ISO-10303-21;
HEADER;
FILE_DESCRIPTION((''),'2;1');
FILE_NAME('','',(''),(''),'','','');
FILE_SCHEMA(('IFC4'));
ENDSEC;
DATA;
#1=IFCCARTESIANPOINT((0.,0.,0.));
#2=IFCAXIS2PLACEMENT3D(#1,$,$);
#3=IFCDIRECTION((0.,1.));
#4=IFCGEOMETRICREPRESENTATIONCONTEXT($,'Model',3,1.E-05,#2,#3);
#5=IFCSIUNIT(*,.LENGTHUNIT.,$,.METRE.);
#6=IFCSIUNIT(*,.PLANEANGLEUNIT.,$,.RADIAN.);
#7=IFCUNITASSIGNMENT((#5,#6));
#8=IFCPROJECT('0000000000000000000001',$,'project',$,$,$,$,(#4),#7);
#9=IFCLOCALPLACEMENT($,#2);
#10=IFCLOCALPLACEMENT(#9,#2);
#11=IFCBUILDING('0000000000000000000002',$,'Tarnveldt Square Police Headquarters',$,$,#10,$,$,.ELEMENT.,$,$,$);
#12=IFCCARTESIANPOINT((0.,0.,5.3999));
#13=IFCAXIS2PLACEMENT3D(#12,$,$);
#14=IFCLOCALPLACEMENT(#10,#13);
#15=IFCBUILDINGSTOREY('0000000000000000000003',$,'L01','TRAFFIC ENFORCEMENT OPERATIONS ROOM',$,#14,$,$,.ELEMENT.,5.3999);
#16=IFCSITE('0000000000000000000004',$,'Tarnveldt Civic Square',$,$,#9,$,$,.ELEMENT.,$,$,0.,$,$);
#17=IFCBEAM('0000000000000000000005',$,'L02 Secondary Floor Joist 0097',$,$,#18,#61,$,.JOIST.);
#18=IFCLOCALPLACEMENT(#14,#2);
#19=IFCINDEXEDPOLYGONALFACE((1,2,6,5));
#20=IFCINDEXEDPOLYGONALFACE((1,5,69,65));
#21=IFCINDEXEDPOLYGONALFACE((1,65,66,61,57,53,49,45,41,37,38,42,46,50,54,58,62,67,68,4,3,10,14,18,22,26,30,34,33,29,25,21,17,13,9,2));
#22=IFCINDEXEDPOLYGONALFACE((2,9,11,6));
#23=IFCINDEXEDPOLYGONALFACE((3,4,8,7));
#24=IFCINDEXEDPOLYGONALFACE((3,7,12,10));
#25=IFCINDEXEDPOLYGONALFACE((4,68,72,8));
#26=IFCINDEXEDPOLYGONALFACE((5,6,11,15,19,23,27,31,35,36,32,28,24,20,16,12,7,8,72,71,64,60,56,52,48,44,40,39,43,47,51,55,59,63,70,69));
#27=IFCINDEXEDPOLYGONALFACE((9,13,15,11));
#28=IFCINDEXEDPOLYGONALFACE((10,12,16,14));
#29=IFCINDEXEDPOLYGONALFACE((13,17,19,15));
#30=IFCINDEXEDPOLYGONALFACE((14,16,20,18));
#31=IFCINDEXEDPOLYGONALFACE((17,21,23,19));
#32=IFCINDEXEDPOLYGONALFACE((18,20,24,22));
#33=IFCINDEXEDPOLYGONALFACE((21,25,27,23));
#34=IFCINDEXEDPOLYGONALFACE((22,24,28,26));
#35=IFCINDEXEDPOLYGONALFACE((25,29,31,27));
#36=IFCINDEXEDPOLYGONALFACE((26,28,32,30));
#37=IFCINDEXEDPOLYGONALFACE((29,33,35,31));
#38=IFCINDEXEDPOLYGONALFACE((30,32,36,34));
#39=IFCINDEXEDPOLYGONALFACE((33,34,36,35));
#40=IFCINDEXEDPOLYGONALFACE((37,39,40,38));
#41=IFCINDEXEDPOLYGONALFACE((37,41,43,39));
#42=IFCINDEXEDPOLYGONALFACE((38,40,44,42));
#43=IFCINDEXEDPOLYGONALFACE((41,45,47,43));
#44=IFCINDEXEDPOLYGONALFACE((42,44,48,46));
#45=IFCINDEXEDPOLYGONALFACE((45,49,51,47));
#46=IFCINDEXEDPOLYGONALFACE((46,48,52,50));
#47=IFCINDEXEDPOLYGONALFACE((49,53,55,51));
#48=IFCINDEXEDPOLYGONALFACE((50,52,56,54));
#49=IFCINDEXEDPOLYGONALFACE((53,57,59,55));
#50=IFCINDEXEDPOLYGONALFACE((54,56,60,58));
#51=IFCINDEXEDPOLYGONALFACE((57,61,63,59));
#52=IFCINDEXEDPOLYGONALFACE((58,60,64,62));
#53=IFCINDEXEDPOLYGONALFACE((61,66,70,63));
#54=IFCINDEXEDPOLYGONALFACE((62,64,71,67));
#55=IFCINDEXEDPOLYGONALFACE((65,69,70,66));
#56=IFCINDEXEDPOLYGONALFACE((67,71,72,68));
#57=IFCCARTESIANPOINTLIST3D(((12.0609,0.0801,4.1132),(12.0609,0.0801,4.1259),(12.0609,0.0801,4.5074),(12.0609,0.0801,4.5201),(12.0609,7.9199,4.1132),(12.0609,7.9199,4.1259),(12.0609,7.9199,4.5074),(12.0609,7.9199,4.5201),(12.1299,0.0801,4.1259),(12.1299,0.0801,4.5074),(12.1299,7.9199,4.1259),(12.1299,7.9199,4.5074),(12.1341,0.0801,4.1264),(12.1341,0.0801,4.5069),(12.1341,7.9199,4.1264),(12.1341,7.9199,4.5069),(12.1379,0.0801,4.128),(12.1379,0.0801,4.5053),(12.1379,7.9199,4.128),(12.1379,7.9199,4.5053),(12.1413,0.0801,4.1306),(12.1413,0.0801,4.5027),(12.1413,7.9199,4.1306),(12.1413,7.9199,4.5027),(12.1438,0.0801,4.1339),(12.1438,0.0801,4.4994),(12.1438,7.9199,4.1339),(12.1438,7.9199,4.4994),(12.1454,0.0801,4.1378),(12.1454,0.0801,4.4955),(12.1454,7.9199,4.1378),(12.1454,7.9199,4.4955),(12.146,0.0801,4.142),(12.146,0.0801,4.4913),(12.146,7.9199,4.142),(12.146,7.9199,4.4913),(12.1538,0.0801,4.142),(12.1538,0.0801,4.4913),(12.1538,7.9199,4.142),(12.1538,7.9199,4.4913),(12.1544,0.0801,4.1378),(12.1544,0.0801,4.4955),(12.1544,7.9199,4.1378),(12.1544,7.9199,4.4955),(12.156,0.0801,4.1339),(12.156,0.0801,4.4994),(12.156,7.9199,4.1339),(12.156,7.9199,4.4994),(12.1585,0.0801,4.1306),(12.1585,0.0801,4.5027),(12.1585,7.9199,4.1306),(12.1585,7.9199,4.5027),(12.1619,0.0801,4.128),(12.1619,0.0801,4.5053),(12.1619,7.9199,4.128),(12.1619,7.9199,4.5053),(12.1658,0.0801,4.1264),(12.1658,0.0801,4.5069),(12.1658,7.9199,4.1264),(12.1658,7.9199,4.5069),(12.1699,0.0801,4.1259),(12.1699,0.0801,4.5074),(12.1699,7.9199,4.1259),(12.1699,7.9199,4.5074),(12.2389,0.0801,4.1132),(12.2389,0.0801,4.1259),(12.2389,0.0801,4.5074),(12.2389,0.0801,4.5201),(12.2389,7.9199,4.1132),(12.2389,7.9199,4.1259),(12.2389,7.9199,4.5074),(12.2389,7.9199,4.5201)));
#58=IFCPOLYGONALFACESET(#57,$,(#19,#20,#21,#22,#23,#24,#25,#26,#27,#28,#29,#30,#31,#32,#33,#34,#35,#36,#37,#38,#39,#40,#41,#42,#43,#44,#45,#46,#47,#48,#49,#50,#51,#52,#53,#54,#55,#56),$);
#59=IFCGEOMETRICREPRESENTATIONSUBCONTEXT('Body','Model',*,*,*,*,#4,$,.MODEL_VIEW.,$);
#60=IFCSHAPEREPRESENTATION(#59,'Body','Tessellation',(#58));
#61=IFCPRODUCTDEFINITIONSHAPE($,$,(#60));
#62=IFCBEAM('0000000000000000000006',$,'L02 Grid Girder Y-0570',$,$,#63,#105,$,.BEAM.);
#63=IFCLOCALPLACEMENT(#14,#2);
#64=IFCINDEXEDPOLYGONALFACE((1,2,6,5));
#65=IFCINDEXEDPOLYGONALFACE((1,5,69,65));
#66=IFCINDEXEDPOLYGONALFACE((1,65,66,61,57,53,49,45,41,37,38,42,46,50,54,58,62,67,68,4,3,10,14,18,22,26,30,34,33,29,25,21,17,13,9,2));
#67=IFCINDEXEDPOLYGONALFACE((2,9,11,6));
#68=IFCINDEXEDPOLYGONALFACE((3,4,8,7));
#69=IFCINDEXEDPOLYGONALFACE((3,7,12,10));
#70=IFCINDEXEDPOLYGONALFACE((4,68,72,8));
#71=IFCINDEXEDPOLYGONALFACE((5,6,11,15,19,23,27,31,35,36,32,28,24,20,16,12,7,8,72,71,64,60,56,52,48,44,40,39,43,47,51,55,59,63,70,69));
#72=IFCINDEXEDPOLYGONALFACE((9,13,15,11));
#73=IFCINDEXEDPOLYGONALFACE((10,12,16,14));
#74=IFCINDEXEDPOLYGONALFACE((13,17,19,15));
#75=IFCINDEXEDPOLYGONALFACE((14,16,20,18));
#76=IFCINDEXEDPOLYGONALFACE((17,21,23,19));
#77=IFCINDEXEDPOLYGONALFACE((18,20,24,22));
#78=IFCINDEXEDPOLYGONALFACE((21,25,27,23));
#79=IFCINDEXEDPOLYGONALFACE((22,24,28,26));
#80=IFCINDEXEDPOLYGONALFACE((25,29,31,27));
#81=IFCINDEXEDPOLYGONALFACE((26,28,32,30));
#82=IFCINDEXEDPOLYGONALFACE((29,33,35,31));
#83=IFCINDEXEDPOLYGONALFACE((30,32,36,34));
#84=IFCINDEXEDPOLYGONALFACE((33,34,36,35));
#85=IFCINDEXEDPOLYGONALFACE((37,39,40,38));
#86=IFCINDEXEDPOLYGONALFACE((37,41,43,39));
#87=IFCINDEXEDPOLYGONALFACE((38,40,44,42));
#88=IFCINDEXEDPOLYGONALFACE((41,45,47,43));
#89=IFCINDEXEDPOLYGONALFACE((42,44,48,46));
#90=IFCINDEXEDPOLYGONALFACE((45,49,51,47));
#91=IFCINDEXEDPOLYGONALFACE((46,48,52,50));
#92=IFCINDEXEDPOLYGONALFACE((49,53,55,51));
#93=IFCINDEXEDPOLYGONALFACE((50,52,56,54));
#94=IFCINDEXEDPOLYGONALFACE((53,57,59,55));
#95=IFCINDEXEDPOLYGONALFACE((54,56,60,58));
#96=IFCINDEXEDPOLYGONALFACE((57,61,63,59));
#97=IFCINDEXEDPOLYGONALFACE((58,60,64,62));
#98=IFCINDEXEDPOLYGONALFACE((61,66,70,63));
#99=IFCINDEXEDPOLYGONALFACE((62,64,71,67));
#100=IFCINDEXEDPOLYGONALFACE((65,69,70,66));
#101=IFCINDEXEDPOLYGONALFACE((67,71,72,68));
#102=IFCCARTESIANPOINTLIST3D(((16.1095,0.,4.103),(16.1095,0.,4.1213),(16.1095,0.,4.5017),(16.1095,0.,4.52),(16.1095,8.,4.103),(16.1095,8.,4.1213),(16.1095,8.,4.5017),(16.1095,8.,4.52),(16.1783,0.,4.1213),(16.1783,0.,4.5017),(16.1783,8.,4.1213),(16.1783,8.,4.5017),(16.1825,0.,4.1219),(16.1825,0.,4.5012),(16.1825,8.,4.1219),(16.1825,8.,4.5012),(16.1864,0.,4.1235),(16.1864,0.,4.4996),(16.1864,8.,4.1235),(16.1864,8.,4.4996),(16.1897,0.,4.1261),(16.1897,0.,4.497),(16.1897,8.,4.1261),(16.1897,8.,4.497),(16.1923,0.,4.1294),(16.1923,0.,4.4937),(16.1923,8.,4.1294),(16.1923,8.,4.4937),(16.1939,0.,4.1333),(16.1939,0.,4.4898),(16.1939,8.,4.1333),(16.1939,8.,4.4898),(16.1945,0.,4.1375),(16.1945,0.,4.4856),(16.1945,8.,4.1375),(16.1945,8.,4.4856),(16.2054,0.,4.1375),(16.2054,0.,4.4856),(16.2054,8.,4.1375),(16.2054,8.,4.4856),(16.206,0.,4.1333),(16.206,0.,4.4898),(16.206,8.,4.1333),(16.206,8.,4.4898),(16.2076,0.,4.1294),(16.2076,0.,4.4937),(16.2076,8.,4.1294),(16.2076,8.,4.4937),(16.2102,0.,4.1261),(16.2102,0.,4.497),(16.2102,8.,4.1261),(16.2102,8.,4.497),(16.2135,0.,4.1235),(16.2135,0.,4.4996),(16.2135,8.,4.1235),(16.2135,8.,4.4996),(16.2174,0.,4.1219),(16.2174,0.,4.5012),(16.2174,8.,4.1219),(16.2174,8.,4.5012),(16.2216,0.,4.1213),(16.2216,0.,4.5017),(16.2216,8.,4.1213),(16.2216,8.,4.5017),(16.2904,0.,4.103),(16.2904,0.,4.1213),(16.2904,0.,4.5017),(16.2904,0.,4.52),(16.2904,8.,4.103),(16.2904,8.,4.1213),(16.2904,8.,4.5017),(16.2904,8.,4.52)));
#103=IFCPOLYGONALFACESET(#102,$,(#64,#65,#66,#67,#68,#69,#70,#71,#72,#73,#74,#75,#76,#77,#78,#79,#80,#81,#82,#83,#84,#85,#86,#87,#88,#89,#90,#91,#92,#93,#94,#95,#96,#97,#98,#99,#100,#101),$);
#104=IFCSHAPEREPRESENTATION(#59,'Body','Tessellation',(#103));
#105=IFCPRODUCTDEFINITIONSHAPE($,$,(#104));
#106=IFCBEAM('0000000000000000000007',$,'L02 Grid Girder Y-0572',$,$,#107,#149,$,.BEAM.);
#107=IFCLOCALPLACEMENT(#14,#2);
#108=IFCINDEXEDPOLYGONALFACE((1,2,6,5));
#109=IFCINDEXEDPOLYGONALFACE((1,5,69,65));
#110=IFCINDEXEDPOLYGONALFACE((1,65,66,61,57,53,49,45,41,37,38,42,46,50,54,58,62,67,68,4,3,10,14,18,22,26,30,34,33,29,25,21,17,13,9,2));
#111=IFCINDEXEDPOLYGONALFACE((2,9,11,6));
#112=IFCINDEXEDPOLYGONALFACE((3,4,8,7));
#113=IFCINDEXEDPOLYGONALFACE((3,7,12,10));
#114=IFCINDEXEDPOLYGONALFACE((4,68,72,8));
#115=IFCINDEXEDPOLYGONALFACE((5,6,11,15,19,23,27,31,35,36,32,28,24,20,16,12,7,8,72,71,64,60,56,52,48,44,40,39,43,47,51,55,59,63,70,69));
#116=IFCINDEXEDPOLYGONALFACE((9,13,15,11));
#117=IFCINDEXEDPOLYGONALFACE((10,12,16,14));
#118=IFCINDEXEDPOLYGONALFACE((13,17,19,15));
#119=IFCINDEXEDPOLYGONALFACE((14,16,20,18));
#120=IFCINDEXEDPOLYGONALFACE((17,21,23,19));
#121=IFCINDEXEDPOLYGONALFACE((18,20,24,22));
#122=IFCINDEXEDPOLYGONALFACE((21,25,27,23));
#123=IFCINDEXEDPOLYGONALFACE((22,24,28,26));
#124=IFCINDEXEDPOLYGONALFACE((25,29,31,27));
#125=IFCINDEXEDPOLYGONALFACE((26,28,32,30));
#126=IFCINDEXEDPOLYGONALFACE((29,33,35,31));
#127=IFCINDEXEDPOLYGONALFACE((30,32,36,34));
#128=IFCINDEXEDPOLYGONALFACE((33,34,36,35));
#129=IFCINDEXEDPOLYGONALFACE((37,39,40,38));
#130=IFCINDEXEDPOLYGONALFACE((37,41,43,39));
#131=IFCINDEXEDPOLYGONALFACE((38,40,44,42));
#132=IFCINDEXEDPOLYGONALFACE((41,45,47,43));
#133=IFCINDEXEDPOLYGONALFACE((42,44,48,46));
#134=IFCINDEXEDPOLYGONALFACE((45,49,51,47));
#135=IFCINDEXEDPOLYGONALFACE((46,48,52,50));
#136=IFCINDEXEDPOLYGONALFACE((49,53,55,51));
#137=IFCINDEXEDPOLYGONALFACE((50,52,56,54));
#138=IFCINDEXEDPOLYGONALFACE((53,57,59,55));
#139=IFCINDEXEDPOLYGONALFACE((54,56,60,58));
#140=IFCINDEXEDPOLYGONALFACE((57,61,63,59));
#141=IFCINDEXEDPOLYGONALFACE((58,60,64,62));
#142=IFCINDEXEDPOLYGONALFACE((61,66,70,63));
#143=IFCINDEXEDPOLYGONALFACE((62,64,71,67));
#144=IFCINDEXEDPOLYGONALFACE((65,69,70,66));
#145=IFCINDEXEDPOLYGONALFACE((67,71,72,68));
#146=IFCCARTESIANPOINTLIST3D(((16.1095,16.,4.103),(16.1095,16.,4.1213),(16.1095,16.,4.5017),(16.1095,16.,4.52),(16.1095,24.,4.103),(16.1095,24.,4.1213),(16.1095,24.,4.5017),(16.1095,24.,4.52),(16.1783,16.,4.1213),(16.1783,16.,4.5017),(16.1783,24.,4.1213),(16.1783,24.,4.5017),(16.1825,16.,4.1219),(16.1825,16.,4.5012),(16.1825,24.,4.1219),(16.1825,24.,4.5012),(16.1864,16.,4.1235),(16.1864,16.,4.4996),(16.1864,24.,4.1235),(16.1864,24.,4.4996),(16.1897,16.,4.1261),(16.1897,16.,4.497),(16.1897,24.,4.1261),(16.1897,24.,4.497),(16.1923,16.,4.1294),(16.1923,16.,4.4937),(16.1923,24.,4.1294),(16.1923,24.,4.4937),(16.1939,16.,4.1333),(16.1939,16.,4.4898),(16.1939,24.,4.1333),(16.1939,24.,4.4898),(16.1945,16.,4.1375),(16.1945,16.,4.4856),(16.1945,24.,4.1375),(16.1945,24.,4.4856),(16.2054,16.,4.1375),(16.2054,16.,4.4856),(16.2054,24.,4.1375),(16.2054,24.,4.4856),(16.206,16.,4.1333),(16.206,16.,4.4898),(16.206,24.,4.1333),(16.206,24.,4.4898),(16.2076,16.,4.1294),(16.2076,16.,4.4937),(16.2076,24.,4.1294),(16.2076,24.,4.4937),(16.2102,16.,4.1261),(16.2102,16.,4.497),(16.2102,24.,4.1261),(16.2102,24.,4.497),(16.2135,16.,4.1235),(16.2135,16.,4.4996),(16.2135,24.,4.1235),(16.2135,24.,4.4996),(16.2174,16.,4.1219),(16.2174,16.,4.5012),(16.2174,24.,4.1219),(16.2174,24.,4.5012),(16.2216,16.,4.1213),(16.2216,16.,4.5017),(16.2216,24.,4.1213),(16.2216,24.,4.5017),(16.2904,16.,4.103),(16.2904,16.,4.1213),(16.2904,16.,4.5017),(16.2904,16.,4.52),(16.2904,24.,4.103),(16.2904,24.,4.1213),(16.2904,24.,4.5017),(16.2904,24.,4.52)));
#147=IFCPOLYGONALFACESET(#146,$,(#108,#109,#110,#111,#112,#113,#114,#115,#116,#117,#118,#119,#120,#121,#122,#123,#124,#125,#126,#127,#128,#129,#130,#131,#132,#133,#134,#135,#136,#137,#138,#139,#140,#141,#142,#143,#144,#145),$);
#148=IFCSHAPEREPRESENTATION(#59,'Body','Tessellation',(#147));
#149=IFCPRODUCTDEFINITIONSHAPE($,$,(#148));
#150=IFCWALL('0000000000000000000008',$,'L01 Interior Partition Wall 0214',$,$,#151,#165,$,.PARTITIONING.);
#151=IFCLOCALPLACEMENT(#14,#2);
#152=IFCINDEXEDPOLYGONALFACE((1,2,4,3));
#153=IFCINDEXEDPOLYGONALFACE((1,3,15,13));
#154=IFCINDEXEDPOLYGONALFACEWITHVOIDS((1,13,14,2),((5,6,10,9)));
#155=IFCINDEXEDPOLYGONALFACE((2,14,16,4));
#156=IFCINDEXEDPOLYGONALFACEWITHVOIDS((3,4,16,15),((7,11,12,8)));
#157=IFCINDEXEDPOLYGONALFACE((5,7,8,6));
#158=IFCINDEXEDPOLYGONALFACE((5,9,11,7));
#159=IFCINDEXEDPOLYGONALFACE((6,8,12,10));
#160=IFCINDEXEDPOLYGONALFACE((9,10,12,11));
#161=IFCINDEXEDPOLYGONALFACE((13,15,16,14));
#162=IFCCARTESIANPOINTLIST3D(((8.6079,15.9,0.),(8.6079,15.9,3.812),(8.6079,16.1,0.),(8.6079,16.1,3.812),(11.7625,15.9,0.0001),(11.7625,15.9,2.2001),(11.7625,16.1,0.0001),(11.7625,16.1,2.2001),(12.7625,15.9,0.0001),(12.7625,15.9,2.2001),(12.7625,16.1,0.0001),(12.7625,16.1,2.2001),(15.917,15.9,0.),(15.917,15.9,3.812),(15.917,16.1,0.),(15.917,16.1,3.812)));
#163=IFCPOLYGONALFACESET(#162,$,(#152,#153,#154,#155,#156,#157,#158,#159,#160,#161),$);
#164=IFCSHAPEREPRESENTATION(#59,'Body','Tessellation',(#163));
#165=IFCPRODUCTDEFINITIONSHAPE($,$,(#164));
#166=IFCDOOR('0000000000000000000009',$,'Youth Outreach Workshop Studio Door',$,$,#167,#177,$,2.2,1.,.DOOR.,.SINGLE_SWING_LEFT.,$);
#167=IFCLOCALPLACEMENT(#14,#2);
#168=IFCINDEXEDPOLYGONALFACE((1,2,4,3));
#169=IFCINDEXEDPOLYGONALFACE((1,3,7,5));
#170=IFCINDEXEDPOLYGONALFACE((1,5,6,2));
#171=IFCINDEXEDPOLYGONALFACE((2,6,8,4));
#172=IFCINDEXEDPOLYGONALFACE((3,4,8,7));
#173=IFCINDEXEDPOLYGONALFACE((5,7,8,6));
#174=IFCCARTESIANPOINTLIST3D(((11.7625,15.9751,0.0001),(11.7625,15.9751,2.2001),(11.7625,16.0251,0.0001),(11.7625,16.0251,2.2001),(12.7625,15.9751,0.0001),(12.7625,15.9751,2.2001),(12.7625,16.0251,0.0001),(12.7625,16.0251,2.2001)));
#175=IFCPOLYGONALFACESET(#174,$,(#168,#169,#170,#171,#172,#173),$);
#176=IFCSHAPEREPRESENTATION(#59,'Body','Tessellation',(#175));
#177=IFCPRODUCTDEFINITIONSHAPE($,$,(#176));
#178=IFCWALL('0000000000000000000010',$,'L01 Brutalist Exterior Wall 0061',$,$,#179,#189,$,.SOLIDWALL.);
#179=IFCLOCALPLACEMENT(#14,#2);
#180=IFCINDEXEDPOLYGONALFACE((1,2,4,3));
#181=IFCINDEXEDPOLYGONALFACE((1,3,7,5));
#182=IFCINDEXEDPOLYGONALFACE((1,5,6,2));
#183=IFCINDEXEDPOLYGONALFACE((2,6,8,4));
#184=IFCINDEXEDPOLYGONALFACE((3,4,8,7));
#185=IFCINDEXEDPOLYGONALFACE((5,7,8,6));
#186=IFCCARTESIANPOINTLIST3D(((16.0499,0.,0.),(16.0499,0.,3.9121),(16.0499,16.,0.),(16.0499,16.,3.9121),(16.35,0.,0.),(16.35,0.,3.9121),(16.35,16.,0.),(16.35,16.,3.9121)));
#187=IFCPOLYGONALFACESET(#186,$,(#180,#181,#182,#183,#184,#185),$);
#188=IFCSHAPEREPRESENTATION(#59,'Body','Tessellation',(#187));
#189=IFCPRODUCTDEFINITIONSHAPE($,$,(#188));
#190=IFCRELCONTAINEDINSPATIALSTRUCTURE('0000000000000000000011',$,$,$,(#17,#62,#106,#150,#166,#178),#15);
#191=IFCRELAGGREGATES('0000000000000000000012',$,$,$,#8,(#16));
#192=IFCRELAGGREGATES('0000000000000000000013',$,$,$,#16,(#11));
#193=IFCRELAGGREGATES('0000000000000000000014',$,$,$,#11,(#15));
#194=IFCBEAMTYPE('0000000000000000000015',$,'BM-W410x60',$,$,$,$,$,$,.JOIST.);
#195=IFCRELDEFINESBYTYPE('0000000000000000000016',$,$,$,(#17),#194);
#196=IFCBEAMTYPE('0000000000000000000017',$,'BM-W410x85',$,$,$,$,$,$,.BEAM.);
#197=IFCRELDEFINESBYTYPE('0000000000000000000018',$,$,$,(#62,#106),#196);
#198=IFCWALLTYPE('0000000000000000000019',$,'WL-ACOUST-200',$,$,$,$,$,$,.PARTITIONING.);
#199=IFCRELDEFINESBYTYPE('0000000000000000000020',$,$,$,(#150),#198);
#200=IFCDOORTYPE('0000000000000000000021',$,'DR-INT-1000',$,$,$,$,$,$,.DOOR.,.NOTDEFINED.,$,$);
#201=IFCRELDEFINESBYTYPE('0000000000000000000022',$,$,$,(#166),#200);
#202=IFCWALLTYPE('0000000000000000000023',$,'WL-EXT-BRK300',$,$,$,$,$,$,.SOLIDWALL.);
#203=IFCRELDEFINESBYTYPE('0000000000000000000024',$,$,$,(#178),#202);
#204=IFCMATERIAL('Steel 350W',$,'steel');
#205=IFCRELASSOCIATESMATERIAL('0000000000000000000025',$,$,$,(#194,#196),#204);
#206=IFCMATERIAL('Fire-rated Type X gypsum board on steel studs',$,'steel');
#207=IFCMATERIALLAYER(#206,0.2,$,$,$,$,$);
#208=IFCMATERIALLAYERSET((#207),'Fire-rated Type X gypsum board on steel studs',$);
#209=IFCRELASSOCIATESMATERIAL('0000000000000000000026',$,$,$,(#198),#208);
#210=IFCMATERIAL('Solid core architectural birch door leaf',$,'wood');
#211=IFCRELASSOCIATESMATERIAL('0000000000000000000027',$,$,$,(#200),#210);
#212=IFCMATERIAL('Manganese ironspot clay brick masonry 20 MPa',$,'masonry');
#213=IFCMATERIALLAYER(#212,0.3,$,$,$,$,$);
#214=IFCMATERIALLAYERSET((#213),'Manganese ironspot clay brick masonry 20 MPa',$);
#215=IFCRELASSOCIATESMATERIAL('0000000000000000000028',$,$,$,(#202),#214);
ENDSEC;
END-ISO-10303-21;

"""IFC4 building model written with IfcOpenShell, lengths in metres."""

from ifc_helpers import new_model, si_unit, direction, frame, frame_2d, origin, origin_2d, place, context, subcontext, project, spatial, rectangle, i_section, extrude, material, layer, layer_set, material_profile, profile_set, type_object, element, fill, save


model = new_model("IFC4")

# Units and contexts
model_context = context("Model", 3, precision=1e-05, world=origin(), true_north=direction((0.0, 1.0)))
body_context = subcontext(model_context, "Body", "Model", "MODEL_VIEW")
ifc_project = project(units=[si_unit("LENGTHUNIT", "METRE"), si_unit("PLANEANGLEUNIT", "RADIAN")], contexts=[model_context])

# Site, building, storey
site_placement = place(None, origin())
site = spatial("IfcSite", under=ifc_project, at=site_placement, Name="Tarnveldt Civic Square", CompositionType="ELEMENT", RefElevation=0.0)
building_placement = place(site_placement, origin())
building = spatial("IfcBuilding", under=site, at=building_placement, Name="Tarnveldt Square Police Headquarters", CompositionType="ELEMENT")
storey_placement = place(building_placement, frame((0.0, 0.0, 5.3999)))
storey = spatial("IfcBuildingStorey", under=building, at=storey_placement, Name="L01", Description="TRAFFIC ENFORCEMENT OPERATIONS ROOM", CompositionType="ELEMENT", Elevation=5.3999)

# Beams
ifc_material_1 = material(Name="Steel 350W", Category="steel")
ifc_material_profile_1 = material_profile(ifc_material_1, i_section(OverallWidth=0.178, OverallDepth=0.407, WebThickness=0.0078, FlangeThickness=0.0127, FilletRadius=0.0161, at=origin_2d()), Name="W410x60")
ifc_profile_set_1 = profile_set([ifc_material_profile_1], Name="Steel 350W")
beam_type_1 = type_object("IfcBeamType", Name="BM-W410x60", PredefinedType="JOIST", material=ifc_profile_set_1)
beam_1_placement = place(storey_placement, frame((12.1499, 0.0801, 4.3167), z_axis=(0.0, 1.0, 0.0), x_axis=(-1.0, 0.0, 0.0)))
element("IfcBeam", 1, at=beam_1_placement, inside=storey, type_object=beam_type_1, Name="L02 Secondary Floor Joist 0097", PredefinedType="JOIST", context=body_context, shape_type="SweptSolid", body=[
    extrude(i_section(OverallWidth=0.178, OverallDepth=0.407, WebThickness=0.0078, FlangeThickness=0.0127, FilletRadius=0.0161, at=origin_2d()), origin(), (0.0, 0.0, 1.0), 7.8398),
])
ifc_material_profile_2 = material_profile(ifc_material_1, i_section(OverallWidth=0.1809, OverallDepth=0.417, WebThickness=0.011, FlangeThickness=0.0183, FilletRadius=0.0161, at=origin_2d()), Name="W410x85")
ifc_profile_set_2 = profile_set([ifc_material_profile_2], Name="Steel 350W")
beam_type_2 = type_object("IfcBeamType", Name="BM-W410x85", PredefinedType="BEAM", material=ifc_profile_set_2)
for number, where, z_axis, x_axis, name in (
    (2, (16.2, 0.0, 4.3115), (0.0, 1.0, 0.0), (-1.0, 0.0, 0.0), "L02 Grid Girder Y-0570"),
    (3, (16.2, 16.0, 4.3115), (0.0, 1.0, 0.0), (-1.0, 0.0, 0.0), "L02 Grid Girder Y-0572"),
):
    element("IfcBeam", number, at=place(storey_placement, frame(where, z_axis=z_axis, x_axis=x_axis)), inside=storey, type_object=beam_type_2, Name=name, PredefinedType="BEAM", context=body_context, shape_type="SweptSolid", body=[
        extrude(i_section(OverallWidth=0.1809, OverallDepth=0.417, WebThickness=0.011, FlangeThickness=0.0183, FilletRadius=0.0161, at=origin_2d()), origin(), (0.0, 0.0, 1.0), 8.0),
    ])

# Wall, opening, door
ifc_material_2 = material(Name="Fire-rated Type X gypsum board on steel studs", Category="steel")
ifc_layer_1 = layer(ifc_material_2, 0.2)
ifc_layer_set_1 = layer_set([ifc_layer_1], Name="Fire-rated Type X gypsum board on steel studs")
wall_type_1 = type_object("IfcWallType", Name="WL-ACOUST-200", PredefinedType="PARTITIONING", material=ifc_layer_set_1)
wall_1_placement = place(storey_placement, frame((8.6079, 16.0, 0.0), z_axis=(0.0, 0.0, 1.0), x_axis=(1.0, 0.0, 0.0)))
wall_1 = element("IfcWall", 4, at=wall_1_placement, inside=storey, type_object=wall_type_1, Name="L01 Interior Partition Wall 0214", PredefinedType="PARTITIONING", context=body_context, shape_type="SweptSolid", body=[
    extrude(rectangle(XDim=7.3091, YDim=0.2, at=frame_2d((3.6545, 0.0))), origin(), (0.0, 0.0, 1.0), 3.812),
])
opening_1_placement = place(wall_1_placement, frame((3.1545, 0.0, 0.0)))
opening_1 = element("IfcOpeningElement", 5, at=opening_1_placement, cuts=wall_1, PredefinedType="OPENING", context=body_context, shape_type="SweptSolid", body=[
    extrude(rectangle(XDim=1.0, YDim=2.2, at=frame_2d((0.5, 1.1001))), frame((0.0, 0.1099, 0.0), z_axis=(0.0, -1.0, 0.0), x_axis=(1.0, 0.0, 0.0)), (0.0, 0.0, 1.0), 0.22),
])
ifc_material_3 = material(Name="Solid core architectural birch door leaf", Category="wood")
door_type = type_object("IfcDoorType", Name="DR-INT-1000", OperationType="NOTDEFINED", PredefinedType="DOOR", material=ifc_material_3)
door_placement = place(opening_1_placement, frame((1.0, 0.0, 0.0), z_axis=(0.0, 0.0, 1.0), x_axis=(-1.0, 0.0, 0.0)))
door = element("IfcDoor", 6, at=door_placement, inside=storey, type_object=door_type, Name="Youth Outreach Workshop Studio Door", OperationType="SINGLE_SWING_LEFT", OverallHeight=2.2, OverallWidth=1.0, PredefinedType="DOOR", context=body_context, shape_type="SweptSolid", body=[
    extrude(rectangle(XDim=1.0, YDim=2.2, at=frame_2d((0.5, 1.1001))), frame((0.0, 0.0249, 0.0), z_axis=(0.0, -1.0, 0.0), x_axis=(1.0, 0.0, 0.0)), (0.0, 0.0, 1.0), 0.05),
])
fill(opening_1, door)

# Wall
ifc_material_4 = material(Name="Manganese ironspot clay brick masonry 20 MPa", Category="masonry")
ifc_layer_2 = layer(ifc_material_4, 0.3)
ifc_layer_set_2 = layer_set([ifc_layer_2], Name="Manganese ironspot clay brick masonry 20 MPa")
wall_type_2 = type_object("IfcWallType", Name="WL-EXT-BRK300", PredefinedType="SOLIDWALL", material=ifc_layer_set_2)
wall_2_placement = place(storey_placement, frame((16.2, 0.0, 0.0), z_axis=(0.0, 0.0, 1.0), x_axis=(0.0, 1.0, 0.0)))
element("IfcWall", 7, at=wall_2_placement, inside=storey, type_object=wall_type_2, Name="L01 Brutalist Exterior Wall 0061", PredefinedType="SOLIDWALL", context=body_context, shape_type="SweptSolid", body=[
    extrude(rectangle(XDim=16.0, YDim=0.3, at=frame_2d((8.0, 0.0))), origin(), (0.0, 0.0, 1.0), 3.9121),
])

save(model, "model.ifc")
